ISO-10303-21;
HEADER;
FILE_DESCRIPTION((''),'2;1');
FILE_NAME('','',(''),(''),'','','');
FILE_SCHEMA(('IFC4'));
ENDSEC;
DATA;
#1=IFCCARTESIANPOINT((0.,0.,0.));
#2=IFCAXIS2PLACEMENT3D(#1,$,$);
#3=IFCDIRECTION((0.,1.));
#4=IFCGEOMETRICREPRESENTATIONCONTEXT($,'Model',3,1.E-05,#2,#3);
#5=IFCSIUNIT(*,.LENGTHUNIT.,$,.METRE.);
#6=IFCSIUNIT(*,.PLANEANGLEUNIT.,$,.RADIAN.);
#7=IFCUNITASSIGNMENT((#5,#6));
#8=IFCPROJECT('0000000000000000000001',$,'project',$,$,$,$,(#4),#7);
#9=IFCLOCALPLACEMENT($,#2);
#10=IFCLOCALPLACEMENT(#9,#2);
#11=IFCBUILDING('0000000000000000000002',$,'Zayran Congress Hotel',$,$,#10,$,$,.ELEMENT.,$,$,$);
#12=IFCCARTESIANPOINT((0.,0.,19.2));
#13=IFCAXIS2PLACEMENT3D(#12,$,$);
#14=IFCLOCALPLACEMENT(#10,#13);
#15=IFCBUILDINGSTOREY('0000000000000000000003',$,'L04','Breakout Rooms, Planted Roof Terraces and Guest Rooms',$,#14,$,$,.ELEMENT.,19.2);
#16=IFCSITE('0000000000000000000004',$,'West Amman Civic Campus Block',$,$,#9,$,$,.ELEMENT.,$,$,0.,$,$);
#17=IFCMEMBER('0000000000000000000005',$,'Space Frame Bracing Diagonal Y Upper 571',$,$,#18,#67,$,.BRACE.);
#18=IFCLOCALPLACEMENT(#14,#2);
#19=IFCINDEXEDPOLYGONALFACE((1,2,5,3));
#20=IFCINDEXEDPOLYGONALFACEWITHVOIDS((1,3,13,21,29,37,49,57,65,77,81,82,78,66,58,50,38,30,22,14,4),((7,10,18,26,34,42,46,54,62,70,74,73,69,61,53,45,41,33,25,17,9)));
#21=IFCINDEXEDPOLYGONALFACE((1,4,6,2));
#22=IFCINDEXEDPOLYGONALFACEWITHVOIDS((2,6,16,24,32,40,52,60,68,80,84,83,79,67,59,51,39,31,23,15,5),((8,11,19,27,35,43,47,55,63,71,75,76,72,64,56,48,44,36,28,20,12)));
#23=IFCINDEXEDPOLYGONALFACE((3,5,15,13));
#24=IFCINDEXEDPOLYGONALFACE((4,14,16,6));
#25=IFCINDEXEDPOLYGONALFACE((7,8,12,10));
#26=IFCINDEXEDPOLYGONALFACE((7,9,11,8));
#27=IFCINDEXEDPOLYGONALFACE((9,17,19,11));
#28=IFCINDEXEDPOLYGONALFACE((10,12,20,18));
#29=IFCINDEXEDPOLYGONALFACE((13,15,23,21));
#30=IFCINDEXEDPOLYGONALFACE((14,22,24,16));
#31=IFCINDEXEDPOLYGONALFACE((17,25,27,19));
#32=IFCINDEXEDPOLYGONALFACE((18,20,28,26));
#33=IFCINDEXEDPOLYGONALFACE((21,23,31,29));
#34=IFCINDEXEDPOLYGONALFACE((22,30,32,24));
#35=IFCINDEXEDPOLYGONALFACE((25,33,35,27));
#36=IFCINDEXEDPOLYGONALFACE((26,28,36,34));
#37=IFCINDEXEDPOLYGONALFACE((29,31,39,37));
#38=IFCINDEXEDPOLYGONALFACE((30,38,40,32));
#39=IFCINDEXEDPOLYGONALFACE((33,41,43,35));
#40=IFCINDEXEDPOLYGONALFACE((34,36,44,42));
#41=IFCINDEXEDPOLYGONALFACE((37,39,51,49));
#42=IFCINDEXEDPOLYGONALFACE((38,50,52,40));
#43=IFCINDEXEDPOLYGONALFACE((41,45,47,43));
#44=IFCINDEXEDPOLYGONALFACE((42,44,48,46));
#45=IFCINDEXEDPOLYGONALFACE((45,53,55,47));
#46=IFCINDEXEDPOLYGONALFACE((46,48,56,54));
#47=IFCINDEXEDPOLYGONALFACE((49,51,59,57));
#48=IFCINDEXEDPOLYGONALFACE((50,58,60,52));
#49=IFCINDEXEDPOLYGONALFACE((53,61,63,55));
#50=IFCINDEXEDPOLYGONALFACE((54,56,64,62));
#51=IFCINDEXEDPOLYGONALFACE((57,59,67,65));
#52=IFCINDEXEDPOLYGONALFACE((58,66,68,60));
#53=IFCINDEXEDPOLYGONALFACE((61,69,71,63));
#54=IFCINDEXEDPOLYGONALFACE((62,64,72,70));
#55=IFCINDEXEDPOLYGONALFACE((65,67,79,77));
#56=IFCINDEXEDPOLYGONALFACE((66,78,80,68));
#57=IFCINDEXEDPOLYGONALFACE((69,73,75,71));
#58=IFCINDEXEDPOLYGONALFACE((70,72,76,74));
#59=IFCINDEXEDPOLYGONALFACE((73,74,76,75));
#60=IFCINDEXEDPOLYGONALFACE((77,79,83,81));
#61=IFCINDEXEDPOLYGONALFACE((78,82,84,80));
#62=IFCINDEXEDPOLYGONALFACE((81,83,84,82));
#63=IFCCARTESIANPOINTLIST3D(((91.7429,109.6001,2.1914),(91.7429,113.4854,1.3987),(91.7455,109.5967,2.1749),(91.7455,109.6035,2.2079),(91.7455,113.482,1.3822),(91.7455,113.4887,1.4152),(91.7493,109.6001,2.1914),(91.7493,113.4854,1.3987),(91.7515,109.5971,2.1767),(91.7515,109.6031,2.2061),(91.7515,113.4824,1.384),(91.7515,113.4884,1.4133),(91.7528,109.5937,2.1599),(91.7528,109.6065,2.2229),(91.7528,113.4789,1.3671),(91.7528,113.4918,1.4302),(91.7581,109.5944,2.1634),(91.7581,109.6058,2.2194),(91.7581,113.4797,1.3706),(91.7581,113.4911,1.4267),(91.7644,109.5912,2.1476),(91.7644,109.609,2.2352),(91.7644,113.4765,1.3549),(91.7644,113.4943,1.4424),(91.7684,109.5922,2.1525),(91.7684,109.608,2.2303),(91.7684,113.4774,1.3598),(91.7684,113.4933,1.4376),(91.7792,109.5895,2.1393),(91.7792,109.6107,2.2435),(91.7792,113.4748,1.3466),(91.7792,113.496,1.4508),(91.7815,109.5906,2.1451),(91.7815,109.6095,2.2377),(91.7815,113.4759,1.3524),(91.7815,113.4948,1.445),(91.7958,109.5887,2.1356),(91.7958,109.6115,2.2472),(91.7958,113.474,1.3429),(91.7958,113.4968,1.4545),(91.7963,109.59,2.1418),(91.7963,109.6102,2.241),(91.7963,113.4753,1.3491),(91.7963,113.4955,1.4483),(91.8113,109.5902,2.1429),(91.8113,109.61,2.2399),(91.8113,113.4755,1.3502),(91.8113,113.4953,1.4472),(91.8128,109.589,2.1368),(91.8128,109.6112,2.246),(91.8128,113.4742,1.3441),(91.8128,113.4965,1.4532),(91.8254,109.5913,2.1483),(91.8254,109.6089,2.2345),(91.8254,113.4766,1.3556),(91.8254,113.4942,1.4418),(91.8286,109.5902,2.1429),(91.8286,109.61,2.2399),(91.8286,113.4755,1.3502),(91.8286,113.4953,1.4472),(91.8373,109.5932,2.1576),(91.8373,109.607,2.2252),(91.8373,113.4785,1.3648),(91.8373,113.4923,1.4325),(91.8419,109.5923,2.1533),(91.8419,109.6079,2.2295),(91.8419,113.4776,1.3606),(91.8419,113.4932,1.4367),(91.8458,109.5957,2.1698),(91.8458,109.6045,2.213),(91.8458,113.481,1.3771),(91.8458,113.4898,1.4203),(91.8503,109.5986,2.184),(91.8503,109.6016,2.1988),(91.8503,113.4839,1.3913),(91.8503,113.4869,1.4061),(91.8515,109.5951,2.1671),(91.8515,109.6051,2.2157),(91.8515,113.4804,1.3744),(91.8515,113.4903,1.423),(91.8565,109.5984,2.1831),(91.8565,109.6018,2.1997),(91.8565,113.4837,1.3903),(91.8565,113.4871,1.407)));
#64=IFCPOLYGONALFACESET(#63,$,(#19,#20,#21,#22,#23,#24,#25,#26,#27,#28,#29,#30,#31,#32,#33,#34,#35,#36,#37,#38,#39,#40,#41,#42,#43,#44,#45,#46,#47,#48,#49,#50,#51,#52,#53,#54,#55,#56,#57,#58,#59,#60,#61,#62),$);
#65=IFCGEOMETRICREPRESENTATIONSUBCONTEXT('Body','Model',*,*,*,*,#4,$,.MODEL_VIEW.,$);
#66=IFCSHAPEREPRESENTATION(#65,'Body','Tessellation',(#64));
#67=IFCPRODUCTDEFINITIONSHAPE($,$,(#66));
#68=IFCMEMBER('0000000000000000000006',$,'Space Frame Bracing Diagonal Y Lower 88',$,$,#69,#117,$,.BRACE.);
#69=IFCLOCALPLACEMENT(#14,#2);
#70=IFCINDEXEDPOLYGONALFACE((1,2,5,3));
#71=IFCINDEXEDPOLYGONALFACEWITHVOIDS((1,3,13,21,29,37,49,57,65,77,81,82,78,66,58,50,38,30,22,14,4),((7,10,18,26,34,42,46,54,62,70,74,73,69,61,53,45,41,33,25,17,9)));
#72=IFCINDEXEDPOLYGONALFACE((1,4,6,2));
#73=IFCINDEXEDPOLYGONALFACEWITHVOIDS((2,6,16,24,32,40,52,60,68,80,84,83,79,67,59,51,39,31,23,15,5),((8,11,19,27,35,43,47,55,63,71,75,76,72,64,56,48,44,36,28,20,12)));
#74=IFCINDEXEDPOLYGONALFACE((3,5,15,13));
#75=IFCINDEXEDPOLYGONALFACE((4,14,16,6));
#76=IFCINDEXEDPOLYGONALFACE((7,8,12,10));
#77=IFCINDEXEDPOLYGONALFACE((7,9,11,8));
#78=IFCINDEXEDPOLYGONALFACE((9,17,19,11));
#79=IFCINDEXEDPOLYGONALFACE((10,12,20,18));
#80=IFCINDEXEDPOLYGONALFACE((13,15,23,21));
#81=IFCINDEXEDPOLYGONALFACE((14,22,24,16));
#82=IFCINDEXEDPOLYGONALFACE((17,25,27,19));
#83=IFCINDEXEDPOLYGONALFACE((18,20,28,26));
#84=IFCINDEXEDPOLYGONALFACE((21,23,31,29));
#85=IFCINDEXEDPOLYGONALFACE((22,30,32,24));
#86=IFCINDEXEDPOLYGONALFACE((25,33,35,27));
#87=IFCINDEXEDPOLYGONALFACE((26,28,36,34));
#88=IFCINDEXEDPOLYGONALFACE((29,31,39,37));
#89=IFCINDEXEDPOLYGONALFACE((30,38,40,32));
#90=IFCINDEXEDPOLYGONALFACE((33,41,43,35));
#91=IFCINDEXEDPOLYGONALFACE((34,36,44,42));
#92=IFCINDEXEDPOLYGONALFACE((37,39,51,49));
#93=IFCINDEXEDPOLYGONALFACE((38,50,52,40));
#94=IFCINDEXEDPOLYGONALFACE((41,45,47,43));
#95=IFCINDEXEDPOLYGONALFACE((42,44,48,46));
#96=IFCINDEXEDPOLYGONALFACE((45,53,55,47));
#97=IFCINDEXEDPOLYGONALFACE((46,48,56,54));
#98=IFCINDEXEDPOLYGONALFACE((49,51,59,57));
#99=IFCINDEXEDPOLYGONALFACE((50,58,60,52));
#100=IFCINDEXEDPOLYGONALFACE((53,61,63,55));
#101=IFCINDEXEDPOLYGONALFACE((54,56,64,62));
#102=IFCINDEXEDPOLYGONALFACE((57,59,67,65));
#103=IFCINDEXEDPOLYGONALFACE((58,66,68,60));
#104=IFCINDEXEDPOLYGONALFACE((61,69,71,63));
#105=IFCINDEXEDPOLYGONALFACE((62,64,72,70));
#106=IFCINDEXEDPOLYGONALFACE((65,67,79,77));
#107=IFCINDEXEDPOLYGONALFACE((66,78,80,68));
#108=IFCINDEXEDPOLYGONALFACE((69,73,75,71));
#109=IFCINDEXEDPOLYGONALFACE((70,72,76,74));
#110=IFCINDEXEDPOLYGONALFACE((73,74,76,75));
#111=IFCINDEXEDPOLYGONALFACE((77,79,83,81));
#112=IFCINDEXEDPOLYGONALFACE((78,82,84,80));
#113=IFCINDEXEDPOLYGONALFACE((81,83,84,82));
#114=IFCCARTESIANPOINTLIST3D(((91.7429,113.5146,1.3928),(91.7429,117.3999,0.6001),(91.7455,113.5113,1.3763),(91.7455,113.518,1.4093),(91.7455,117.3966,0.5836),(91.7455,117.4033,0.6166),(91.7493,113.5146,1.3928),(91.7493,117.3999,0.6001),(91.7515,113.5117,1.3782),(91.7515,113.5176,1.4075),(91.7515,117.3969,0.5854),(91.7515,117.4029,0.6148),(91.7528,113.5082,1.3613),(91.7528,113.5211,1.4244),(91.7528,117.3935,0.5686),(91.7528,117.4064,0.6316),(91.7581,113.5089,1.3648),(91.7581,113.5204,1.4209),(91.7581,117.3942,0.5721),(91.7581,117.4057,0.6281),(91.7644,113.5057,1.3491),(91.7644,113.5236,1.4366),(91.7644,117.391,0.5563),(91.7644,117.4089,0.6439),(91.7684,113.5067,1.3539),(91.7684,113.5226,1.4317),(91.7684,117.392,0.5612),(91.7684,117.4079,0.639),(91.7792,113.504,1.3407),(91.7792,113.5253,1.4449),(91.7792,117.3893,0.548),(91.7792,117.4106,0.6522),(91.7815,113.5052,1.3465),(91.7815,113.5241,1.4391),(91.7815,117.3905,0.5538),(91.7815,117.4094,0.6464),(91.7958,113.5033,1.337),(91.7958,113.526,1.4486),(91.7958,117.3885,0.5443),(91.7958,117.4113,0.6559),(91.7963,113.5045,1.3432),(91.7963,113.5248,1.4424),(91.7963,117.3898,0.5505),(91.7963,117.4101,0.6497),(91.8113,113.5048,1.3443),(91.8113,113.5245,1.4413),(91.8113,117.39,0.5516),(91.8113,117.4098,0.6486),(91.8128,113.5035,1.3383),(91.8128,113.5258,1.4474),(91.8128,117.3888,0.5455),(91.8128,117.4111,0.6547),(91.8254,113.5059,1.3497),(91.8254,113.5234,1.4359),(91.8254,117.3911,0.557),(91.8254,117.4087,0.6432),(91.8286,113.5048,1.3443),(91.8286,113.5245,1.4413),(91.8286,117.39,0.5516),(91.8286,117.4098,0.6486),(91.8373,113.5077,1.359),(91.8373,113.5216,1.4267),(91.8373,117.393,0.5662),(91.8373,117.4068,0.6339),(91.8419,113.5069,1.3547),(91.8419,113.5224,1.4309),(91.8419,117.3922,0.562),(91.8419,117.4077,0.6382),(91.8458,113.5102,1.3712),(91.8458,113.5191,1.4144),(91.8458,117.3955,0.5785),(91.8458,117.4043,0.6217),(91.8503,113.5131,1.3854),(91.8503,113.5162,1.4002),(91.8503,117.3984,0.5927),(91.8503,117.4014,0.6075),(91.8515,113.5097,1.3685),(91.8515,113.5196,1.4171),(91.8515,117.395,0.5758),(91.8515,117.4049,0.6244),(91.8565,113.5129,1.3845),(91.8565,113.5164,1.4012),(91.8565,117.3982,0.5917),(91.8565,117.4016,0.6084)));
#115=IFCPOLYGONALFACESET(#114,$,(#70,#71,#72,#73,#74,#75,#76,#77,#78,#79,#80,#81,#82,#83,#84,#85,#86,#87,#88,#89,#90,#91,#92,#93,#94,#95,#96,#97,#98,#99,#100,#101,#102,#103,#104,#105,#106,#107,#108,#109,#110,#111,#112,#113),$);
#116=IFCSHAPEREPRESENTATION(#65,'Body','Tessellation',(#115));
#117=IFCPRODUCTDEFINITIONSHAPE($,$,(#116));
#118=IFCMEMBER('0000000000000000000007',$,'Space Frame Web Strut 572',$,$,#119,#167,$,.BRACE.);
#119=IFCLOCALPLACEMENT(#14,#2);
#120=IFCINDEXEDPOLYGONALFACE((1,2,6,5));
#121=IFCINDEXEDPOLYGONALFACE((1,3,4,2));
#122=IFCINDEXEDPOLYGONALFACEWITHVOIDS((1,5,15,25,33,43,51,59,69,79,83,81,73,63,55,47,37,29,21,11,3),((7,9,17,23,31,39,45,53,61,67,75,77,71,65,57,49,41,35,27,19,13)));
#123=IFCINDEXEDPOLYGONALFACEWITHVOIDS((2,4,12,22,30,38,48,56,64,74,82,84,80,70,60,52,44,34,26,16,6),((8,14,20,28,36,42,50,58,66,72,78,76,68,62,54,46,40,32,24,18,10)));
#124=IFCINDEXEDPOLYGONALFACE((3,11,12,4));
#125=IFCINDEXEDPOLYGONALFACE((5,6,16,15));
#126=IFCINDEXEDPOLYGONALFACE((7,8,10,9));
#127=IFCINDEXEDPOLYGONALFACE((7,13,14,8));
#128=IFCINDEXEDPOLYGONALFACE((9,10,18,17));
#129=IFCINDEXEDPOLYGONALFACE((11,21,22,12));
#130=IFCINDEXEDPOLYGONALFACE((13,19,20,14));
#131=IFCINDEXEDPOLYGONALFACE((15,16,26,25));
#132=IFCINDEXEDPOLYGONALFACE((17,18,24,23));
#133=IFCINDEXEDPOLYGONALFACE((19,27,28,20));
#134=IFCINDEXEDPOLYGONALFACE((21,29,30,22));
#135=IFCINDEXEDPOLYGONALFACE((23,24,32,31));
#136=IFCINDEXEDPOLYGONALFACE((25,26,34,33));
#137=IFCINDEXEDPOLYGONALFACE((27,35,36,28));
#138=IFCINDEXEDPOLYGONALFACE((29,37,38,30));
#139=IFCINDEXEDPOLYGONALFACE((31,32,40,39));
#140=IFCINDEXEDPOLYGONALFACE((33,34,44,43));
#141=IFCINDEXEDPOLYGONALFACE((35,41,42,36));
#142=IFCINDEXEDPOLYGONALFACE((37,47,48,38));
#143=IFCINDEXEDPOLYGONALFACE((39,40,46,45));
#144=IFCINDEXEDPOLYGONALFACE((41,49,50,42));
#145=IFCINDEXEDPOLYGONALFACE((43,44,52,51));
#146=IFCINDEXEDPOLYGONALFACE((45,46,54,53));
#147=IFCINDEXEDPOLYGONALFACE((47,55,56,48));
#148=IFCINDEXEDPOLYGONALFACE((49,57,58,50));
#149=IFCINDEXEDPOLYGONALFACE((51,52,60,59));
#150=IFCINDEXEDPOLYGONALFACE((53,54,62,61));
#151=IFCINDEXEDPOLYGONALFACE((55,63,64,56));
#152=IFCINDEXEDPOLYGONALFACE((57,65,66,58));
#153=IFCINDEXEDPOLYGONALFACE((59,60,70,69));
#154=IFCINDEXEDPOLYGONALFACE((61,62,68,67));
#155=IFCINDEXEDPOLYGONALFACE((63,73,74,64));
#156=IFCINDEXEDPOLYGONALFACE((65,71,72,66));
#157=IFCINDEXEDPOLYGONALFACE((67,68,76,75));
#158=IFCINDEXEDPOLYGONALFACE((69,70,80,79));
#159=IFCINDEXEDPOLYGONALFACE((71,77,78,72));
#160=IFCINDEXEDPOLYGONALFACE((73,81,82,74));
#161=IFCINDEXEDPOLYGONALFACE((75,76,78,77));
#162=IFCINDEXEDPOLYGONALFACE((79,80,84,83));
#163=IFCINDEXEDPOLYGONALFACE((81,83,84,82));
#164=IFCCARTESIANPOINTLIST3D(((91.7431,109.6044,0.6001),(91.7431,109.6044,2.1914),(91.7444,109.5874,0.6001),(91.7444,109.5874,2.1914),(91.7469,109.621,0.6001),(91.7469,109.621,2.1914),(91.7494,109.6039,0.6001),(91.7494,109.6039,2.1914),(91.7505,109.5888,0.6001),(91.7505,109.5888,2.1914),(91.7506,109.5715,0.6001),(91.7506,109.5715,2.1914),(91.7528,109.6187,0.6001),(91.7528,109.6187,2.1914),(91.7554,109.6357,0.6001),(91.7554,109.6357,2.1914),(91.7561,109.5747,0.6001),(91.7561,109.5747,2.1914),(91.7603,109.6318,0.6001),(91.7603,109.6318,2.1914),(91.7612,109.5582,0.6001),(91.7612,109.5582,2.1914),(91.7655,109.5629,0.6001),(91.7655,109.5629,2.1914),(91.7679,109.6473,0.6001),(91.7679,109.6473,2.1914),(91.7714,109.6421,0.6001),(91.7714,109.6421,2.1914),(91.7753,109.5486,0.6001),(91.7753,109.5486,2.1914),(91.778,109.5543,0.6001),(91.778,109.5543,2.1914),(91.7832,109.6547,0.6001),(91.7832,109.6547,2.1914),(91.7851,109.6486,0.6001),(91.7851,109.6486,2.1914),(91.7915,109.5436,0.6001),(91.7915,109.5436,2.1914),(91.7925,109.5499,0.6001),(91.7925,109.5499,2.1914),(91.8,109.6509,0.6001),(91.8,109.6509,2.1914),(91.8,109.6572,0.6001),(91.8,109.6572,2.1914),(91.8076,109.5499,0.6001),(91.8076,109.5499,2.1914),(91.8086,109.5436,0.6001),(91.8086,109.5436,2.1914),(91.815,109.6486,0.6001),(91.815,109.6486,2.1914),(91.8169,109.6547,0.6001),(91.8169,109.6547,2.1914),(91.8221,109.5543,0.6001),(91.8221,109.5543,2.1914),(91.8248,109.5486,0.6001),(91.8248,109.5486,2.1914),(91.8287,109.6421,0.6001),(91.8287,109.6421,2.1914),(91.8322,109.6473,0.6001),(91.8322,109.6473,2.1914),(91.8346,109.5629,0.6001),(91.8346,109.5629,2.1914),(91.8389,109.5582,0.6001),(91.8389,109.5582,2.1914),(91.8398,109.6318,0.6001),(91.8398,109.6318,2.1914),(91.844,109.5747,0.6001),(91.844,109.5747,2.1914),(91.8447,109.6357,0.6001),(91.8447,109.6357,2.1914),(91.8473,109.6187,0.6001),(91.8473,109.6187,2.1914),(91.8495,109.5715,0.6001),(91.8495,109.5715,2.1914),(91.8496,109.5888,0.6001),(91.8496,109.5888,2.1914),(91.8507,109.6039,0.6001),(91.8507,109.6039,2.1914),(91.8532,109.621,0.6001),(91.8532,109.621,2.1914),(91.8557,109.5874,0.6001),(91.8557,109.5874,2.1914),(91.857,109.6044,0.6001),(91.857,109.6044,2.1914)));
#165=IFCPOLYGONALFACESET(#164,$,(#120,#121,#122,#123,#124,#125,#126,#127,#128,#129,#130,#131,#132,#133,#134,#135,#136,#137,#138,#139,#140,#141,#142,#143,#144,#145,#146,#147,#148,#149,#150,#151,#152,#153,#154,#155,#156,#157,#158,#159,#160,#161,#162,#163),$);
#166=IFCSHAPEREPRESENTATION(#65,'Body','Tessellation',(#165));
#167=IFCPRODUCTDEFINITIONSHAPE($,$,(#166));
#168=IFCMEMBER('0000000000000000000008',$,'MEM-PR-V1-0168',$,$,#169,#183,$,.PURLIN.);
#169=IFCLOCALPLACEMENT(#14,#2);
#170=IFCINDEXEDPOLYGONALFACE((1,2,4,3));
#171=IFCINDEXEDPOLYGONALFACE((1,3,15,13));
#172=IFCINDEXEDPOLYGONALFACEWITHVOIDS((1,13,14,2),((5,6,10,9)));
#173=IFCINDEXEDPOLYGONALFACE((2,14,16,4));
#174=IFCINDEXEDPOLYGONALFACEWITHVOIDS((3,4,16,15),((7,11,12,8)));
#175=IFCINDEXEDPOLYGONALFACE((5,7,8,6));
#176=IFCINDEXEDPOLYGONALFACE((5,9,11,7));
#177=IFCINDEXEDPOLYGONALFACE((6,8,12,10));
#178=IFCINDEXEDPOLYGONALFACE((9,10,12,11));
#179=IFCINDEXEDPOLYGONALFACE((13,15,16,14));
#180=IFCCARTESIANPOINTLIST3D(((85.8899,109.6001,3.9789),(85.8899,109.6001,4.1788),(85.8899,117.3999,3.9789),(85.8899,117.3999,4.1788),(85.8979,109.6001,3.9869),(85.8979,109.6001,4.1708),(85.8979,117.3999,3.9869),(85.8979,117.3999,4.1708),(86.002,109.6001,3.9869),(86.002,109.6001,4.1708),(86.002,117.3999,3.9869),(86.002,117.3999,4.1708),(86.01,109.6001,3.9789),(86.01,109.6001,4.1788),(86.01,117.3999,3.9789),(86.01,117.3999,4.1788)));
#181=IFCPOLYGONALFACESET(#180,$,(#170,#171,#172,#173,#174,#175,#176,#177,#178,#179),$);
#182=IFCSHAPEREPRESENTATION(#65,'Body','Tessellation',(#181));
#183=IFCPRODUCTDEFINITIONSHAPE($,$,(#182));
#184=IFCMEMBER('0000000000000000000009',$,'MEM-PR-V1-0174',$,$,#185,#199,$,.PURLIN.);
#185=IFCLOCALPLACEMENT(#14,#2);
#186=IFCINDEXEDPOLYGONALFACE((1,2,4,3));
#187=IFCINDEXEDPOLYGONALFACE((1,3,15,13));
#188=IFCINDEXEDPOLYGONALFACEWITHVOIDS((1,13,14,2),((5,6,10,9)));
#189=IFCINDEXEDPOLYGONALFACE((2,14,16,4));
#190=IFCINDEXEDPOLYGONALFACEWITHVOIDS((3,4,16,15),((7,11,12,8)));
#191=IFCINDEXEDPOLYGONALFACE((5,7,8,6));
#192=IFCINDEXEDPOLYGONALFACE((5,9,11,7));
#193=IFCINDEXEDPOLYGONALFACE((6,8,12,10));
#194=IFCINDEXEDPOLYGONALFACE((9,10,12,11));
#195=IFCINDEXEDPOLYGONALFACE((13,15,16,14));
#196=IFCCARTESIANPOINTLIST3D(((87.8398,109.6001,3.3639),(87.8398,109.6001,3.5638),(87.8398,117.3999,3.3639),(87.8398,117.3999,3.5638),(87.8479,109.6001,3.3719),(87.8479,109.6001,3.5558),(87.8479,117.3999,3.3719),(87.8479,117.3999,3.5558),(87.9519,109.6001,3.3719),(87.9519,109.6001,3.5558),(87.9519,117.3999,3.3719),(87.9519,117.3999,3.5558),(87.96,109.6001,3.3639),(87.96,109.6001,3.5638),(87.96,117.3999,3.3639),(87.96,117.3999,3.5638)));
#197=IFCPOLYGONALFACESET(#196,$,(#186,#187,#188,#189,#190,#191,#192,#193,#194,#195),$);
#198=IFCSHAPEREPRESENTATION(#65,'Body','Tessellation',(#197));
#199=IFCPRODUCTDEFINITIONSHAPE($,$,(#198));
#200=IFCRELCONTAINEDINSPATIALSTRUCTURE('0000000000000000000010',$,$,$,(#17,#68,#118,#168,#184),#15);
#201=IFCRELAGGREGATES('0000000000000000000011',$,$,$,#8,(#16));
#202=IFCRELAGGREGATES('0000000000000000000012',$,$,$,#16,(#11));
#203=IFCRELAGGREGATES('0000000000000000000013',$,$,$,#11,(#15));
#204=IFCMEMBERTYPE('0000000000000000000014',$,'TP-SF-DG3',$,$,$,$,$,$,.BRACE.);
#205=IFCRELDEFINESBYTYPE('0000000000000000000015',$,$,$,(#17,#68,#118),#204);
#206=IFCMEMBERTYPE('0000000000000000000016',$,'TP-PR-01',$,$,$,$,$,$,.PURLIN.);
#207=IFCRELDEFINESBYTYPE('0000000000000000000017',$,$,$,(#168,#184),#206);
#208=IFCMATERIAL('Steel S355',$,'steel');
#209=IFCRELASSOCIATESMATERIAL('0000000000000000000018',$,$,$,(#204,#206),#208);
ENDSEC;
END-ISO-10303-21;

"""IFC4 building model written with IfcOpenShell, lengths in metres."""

from ifc_helpers import new_model, si_unit, direction, frame, origin, origin_2d, place, context, subcontext, project, spatial, hollow_rectangle, hollow_circle, extrude, material, material_profile, profile_set, type_object, element, save


model = new_model("IFC4")

# Units and contexts
model_context = context("Model", 3, precision=1e-05, world=origin(), true_north=direction((0.0, 1.0)))
body_context = subcontext(model_context, "Body", "Model", "MODEL_VIEW")
ifc_project = project(units=[si_unit("LENGTHUNIT", "METRE"), si_unit("PLANEANGLEUNIT", "RADIAN")], contexts=[model_context])

# Site, building, storey
site_placement = place(None, origin())
site = spatial("IfcSite", under=ifc_project, at=site_placement, Name="West Amman Civic Campus Block", CompositionType="ELEMENT", RefElevation=0.0)
building_placement = place(site_placement, origin())
building = spatial("IfcBuilding", under=site, at=building_placement, Name="Zayran Congress Hotel", CompositionType="ELEMENT")
storey_placement = place(building_placement, frame((0.0, 0.0, 19.2)))
storey = spatial("IfcBuildingStorey", under=building, at=storey_placement, Name="L04", Description="Breakout Rooms, Planted Roof Terraces and Guest Rooms", CompositionType="ELEMENT", Elevation=19.2)

# Shared definitions
ifc_material_1 = material(Name="Steel S355", Category="steel")

# Members
ifc_material_profile_1 = material_profile(ifc_material_1, hollow_circle(Radius=0.0571, WallThickness=0.0063, at=origin_2d()), Name="CHS 114.3x6.3")
ifc_profile_set_1 = profile_set([ifc_material_profile_1], Name="Steel S355")
member_type_1 = type_object("IfcMemberType", Name="TP-SF-DG3", PredefinedType="BRACE", material=ifc_profile_set_1)
for number, where, z_axis, x_axis, name in (
    (1, (91.8, 109.6001, 2.1914), (0.0, 0.979813, -0.199915), (-1.0, 0.0, 0.0), "Space Frame Bracing Diagonal Y Upper 571"),
    (2, (91.8, 113.5146, 1.3928), (0.0, 0.979813, -0.199915), (-1.0, 0.0, 0.0), "Space Frame Bracing Diagonal Y Lower 88"),
):
    element("IfcMember", number, at=place(storey_placement, frame(where, z_axis=z_axis, x_axis=x_axis)), inside=storey, type_object=member_type_1, Name=name, PredefinedType="BRACE", context=body_context, shape_type="SweptSolid", body=[
        extrude(hollow_circle(Radius=0.0571, WallThickness=0.0063, at=origin_2d()), origin(), (0.0, 0.0, 1.0), 3.9653),
    ])
member_1_placement = place(storey_placement, frame((91.8, 109.6001, 0.6001), z_axis=(0.0, 0.0, 1.0), x_axis=(0.0, 1.0, 0.0)))
element("IfcMember", 3, at=member_1_placement, inside=storey, type_object=member_type_1, Name="Space Frame Web Strut 572", PredefinedType="BRACE", context=body_context, shape_type="SweptSolid", body=[
    extrude(hollow_circle(Radius=0.0571, WallThickness=0.0063, at=origin_2d()), origin(), (0.0, 0.0, 1.0), 1.5913),
])
ifc_material_profile_2 = material_profile(ifc_material_1, hollow_rectangle(XDim=0.1201, YDim=0.2, WallThickness=0.0081, at=origin_2d()), Name="RHS 200x120x8")
ifc_profile_set_2 = profile_set([ifc_material_profile_2], Name="Steel S355")
member_type_2 = type_object("IfcMemberType", Name="TP-PR-01", PredefinedType="PURLIN", material=ifc_profile_set_2)
for number, where, z_axis, x_axis, name in (
    (4, (85.95, 109.6001, 4.0789), (0.0, 1.0, 0.0), (-1.0, 0.0, 0.0), "MEM-PR-V1-0168"),
    (5, (87.8999, 109.6001, 3.4639), (0.0, 1.0, 0.0), (-1.0, 0.0, 0.0), "MEM-PR-V1-0174"),
):
    element("IfcMember", number, at=place(storey_placement, frame(where, z_axis=z_axis, x_axis=x_axis)), inside=storey, type_object=member_type_2, Name=name, PredefinedType="PURLIN", context=body_context, shape_type="SweptSolid", body=[
        extrude(hollow_rectangle(XDim=0.1201, YDim=0.2, WallThickness=0.0081, at=origin_2d()), origin(), (0.0, 0.0, 1.0), 7.7998),
    ])

save(model, "model.ifc")
